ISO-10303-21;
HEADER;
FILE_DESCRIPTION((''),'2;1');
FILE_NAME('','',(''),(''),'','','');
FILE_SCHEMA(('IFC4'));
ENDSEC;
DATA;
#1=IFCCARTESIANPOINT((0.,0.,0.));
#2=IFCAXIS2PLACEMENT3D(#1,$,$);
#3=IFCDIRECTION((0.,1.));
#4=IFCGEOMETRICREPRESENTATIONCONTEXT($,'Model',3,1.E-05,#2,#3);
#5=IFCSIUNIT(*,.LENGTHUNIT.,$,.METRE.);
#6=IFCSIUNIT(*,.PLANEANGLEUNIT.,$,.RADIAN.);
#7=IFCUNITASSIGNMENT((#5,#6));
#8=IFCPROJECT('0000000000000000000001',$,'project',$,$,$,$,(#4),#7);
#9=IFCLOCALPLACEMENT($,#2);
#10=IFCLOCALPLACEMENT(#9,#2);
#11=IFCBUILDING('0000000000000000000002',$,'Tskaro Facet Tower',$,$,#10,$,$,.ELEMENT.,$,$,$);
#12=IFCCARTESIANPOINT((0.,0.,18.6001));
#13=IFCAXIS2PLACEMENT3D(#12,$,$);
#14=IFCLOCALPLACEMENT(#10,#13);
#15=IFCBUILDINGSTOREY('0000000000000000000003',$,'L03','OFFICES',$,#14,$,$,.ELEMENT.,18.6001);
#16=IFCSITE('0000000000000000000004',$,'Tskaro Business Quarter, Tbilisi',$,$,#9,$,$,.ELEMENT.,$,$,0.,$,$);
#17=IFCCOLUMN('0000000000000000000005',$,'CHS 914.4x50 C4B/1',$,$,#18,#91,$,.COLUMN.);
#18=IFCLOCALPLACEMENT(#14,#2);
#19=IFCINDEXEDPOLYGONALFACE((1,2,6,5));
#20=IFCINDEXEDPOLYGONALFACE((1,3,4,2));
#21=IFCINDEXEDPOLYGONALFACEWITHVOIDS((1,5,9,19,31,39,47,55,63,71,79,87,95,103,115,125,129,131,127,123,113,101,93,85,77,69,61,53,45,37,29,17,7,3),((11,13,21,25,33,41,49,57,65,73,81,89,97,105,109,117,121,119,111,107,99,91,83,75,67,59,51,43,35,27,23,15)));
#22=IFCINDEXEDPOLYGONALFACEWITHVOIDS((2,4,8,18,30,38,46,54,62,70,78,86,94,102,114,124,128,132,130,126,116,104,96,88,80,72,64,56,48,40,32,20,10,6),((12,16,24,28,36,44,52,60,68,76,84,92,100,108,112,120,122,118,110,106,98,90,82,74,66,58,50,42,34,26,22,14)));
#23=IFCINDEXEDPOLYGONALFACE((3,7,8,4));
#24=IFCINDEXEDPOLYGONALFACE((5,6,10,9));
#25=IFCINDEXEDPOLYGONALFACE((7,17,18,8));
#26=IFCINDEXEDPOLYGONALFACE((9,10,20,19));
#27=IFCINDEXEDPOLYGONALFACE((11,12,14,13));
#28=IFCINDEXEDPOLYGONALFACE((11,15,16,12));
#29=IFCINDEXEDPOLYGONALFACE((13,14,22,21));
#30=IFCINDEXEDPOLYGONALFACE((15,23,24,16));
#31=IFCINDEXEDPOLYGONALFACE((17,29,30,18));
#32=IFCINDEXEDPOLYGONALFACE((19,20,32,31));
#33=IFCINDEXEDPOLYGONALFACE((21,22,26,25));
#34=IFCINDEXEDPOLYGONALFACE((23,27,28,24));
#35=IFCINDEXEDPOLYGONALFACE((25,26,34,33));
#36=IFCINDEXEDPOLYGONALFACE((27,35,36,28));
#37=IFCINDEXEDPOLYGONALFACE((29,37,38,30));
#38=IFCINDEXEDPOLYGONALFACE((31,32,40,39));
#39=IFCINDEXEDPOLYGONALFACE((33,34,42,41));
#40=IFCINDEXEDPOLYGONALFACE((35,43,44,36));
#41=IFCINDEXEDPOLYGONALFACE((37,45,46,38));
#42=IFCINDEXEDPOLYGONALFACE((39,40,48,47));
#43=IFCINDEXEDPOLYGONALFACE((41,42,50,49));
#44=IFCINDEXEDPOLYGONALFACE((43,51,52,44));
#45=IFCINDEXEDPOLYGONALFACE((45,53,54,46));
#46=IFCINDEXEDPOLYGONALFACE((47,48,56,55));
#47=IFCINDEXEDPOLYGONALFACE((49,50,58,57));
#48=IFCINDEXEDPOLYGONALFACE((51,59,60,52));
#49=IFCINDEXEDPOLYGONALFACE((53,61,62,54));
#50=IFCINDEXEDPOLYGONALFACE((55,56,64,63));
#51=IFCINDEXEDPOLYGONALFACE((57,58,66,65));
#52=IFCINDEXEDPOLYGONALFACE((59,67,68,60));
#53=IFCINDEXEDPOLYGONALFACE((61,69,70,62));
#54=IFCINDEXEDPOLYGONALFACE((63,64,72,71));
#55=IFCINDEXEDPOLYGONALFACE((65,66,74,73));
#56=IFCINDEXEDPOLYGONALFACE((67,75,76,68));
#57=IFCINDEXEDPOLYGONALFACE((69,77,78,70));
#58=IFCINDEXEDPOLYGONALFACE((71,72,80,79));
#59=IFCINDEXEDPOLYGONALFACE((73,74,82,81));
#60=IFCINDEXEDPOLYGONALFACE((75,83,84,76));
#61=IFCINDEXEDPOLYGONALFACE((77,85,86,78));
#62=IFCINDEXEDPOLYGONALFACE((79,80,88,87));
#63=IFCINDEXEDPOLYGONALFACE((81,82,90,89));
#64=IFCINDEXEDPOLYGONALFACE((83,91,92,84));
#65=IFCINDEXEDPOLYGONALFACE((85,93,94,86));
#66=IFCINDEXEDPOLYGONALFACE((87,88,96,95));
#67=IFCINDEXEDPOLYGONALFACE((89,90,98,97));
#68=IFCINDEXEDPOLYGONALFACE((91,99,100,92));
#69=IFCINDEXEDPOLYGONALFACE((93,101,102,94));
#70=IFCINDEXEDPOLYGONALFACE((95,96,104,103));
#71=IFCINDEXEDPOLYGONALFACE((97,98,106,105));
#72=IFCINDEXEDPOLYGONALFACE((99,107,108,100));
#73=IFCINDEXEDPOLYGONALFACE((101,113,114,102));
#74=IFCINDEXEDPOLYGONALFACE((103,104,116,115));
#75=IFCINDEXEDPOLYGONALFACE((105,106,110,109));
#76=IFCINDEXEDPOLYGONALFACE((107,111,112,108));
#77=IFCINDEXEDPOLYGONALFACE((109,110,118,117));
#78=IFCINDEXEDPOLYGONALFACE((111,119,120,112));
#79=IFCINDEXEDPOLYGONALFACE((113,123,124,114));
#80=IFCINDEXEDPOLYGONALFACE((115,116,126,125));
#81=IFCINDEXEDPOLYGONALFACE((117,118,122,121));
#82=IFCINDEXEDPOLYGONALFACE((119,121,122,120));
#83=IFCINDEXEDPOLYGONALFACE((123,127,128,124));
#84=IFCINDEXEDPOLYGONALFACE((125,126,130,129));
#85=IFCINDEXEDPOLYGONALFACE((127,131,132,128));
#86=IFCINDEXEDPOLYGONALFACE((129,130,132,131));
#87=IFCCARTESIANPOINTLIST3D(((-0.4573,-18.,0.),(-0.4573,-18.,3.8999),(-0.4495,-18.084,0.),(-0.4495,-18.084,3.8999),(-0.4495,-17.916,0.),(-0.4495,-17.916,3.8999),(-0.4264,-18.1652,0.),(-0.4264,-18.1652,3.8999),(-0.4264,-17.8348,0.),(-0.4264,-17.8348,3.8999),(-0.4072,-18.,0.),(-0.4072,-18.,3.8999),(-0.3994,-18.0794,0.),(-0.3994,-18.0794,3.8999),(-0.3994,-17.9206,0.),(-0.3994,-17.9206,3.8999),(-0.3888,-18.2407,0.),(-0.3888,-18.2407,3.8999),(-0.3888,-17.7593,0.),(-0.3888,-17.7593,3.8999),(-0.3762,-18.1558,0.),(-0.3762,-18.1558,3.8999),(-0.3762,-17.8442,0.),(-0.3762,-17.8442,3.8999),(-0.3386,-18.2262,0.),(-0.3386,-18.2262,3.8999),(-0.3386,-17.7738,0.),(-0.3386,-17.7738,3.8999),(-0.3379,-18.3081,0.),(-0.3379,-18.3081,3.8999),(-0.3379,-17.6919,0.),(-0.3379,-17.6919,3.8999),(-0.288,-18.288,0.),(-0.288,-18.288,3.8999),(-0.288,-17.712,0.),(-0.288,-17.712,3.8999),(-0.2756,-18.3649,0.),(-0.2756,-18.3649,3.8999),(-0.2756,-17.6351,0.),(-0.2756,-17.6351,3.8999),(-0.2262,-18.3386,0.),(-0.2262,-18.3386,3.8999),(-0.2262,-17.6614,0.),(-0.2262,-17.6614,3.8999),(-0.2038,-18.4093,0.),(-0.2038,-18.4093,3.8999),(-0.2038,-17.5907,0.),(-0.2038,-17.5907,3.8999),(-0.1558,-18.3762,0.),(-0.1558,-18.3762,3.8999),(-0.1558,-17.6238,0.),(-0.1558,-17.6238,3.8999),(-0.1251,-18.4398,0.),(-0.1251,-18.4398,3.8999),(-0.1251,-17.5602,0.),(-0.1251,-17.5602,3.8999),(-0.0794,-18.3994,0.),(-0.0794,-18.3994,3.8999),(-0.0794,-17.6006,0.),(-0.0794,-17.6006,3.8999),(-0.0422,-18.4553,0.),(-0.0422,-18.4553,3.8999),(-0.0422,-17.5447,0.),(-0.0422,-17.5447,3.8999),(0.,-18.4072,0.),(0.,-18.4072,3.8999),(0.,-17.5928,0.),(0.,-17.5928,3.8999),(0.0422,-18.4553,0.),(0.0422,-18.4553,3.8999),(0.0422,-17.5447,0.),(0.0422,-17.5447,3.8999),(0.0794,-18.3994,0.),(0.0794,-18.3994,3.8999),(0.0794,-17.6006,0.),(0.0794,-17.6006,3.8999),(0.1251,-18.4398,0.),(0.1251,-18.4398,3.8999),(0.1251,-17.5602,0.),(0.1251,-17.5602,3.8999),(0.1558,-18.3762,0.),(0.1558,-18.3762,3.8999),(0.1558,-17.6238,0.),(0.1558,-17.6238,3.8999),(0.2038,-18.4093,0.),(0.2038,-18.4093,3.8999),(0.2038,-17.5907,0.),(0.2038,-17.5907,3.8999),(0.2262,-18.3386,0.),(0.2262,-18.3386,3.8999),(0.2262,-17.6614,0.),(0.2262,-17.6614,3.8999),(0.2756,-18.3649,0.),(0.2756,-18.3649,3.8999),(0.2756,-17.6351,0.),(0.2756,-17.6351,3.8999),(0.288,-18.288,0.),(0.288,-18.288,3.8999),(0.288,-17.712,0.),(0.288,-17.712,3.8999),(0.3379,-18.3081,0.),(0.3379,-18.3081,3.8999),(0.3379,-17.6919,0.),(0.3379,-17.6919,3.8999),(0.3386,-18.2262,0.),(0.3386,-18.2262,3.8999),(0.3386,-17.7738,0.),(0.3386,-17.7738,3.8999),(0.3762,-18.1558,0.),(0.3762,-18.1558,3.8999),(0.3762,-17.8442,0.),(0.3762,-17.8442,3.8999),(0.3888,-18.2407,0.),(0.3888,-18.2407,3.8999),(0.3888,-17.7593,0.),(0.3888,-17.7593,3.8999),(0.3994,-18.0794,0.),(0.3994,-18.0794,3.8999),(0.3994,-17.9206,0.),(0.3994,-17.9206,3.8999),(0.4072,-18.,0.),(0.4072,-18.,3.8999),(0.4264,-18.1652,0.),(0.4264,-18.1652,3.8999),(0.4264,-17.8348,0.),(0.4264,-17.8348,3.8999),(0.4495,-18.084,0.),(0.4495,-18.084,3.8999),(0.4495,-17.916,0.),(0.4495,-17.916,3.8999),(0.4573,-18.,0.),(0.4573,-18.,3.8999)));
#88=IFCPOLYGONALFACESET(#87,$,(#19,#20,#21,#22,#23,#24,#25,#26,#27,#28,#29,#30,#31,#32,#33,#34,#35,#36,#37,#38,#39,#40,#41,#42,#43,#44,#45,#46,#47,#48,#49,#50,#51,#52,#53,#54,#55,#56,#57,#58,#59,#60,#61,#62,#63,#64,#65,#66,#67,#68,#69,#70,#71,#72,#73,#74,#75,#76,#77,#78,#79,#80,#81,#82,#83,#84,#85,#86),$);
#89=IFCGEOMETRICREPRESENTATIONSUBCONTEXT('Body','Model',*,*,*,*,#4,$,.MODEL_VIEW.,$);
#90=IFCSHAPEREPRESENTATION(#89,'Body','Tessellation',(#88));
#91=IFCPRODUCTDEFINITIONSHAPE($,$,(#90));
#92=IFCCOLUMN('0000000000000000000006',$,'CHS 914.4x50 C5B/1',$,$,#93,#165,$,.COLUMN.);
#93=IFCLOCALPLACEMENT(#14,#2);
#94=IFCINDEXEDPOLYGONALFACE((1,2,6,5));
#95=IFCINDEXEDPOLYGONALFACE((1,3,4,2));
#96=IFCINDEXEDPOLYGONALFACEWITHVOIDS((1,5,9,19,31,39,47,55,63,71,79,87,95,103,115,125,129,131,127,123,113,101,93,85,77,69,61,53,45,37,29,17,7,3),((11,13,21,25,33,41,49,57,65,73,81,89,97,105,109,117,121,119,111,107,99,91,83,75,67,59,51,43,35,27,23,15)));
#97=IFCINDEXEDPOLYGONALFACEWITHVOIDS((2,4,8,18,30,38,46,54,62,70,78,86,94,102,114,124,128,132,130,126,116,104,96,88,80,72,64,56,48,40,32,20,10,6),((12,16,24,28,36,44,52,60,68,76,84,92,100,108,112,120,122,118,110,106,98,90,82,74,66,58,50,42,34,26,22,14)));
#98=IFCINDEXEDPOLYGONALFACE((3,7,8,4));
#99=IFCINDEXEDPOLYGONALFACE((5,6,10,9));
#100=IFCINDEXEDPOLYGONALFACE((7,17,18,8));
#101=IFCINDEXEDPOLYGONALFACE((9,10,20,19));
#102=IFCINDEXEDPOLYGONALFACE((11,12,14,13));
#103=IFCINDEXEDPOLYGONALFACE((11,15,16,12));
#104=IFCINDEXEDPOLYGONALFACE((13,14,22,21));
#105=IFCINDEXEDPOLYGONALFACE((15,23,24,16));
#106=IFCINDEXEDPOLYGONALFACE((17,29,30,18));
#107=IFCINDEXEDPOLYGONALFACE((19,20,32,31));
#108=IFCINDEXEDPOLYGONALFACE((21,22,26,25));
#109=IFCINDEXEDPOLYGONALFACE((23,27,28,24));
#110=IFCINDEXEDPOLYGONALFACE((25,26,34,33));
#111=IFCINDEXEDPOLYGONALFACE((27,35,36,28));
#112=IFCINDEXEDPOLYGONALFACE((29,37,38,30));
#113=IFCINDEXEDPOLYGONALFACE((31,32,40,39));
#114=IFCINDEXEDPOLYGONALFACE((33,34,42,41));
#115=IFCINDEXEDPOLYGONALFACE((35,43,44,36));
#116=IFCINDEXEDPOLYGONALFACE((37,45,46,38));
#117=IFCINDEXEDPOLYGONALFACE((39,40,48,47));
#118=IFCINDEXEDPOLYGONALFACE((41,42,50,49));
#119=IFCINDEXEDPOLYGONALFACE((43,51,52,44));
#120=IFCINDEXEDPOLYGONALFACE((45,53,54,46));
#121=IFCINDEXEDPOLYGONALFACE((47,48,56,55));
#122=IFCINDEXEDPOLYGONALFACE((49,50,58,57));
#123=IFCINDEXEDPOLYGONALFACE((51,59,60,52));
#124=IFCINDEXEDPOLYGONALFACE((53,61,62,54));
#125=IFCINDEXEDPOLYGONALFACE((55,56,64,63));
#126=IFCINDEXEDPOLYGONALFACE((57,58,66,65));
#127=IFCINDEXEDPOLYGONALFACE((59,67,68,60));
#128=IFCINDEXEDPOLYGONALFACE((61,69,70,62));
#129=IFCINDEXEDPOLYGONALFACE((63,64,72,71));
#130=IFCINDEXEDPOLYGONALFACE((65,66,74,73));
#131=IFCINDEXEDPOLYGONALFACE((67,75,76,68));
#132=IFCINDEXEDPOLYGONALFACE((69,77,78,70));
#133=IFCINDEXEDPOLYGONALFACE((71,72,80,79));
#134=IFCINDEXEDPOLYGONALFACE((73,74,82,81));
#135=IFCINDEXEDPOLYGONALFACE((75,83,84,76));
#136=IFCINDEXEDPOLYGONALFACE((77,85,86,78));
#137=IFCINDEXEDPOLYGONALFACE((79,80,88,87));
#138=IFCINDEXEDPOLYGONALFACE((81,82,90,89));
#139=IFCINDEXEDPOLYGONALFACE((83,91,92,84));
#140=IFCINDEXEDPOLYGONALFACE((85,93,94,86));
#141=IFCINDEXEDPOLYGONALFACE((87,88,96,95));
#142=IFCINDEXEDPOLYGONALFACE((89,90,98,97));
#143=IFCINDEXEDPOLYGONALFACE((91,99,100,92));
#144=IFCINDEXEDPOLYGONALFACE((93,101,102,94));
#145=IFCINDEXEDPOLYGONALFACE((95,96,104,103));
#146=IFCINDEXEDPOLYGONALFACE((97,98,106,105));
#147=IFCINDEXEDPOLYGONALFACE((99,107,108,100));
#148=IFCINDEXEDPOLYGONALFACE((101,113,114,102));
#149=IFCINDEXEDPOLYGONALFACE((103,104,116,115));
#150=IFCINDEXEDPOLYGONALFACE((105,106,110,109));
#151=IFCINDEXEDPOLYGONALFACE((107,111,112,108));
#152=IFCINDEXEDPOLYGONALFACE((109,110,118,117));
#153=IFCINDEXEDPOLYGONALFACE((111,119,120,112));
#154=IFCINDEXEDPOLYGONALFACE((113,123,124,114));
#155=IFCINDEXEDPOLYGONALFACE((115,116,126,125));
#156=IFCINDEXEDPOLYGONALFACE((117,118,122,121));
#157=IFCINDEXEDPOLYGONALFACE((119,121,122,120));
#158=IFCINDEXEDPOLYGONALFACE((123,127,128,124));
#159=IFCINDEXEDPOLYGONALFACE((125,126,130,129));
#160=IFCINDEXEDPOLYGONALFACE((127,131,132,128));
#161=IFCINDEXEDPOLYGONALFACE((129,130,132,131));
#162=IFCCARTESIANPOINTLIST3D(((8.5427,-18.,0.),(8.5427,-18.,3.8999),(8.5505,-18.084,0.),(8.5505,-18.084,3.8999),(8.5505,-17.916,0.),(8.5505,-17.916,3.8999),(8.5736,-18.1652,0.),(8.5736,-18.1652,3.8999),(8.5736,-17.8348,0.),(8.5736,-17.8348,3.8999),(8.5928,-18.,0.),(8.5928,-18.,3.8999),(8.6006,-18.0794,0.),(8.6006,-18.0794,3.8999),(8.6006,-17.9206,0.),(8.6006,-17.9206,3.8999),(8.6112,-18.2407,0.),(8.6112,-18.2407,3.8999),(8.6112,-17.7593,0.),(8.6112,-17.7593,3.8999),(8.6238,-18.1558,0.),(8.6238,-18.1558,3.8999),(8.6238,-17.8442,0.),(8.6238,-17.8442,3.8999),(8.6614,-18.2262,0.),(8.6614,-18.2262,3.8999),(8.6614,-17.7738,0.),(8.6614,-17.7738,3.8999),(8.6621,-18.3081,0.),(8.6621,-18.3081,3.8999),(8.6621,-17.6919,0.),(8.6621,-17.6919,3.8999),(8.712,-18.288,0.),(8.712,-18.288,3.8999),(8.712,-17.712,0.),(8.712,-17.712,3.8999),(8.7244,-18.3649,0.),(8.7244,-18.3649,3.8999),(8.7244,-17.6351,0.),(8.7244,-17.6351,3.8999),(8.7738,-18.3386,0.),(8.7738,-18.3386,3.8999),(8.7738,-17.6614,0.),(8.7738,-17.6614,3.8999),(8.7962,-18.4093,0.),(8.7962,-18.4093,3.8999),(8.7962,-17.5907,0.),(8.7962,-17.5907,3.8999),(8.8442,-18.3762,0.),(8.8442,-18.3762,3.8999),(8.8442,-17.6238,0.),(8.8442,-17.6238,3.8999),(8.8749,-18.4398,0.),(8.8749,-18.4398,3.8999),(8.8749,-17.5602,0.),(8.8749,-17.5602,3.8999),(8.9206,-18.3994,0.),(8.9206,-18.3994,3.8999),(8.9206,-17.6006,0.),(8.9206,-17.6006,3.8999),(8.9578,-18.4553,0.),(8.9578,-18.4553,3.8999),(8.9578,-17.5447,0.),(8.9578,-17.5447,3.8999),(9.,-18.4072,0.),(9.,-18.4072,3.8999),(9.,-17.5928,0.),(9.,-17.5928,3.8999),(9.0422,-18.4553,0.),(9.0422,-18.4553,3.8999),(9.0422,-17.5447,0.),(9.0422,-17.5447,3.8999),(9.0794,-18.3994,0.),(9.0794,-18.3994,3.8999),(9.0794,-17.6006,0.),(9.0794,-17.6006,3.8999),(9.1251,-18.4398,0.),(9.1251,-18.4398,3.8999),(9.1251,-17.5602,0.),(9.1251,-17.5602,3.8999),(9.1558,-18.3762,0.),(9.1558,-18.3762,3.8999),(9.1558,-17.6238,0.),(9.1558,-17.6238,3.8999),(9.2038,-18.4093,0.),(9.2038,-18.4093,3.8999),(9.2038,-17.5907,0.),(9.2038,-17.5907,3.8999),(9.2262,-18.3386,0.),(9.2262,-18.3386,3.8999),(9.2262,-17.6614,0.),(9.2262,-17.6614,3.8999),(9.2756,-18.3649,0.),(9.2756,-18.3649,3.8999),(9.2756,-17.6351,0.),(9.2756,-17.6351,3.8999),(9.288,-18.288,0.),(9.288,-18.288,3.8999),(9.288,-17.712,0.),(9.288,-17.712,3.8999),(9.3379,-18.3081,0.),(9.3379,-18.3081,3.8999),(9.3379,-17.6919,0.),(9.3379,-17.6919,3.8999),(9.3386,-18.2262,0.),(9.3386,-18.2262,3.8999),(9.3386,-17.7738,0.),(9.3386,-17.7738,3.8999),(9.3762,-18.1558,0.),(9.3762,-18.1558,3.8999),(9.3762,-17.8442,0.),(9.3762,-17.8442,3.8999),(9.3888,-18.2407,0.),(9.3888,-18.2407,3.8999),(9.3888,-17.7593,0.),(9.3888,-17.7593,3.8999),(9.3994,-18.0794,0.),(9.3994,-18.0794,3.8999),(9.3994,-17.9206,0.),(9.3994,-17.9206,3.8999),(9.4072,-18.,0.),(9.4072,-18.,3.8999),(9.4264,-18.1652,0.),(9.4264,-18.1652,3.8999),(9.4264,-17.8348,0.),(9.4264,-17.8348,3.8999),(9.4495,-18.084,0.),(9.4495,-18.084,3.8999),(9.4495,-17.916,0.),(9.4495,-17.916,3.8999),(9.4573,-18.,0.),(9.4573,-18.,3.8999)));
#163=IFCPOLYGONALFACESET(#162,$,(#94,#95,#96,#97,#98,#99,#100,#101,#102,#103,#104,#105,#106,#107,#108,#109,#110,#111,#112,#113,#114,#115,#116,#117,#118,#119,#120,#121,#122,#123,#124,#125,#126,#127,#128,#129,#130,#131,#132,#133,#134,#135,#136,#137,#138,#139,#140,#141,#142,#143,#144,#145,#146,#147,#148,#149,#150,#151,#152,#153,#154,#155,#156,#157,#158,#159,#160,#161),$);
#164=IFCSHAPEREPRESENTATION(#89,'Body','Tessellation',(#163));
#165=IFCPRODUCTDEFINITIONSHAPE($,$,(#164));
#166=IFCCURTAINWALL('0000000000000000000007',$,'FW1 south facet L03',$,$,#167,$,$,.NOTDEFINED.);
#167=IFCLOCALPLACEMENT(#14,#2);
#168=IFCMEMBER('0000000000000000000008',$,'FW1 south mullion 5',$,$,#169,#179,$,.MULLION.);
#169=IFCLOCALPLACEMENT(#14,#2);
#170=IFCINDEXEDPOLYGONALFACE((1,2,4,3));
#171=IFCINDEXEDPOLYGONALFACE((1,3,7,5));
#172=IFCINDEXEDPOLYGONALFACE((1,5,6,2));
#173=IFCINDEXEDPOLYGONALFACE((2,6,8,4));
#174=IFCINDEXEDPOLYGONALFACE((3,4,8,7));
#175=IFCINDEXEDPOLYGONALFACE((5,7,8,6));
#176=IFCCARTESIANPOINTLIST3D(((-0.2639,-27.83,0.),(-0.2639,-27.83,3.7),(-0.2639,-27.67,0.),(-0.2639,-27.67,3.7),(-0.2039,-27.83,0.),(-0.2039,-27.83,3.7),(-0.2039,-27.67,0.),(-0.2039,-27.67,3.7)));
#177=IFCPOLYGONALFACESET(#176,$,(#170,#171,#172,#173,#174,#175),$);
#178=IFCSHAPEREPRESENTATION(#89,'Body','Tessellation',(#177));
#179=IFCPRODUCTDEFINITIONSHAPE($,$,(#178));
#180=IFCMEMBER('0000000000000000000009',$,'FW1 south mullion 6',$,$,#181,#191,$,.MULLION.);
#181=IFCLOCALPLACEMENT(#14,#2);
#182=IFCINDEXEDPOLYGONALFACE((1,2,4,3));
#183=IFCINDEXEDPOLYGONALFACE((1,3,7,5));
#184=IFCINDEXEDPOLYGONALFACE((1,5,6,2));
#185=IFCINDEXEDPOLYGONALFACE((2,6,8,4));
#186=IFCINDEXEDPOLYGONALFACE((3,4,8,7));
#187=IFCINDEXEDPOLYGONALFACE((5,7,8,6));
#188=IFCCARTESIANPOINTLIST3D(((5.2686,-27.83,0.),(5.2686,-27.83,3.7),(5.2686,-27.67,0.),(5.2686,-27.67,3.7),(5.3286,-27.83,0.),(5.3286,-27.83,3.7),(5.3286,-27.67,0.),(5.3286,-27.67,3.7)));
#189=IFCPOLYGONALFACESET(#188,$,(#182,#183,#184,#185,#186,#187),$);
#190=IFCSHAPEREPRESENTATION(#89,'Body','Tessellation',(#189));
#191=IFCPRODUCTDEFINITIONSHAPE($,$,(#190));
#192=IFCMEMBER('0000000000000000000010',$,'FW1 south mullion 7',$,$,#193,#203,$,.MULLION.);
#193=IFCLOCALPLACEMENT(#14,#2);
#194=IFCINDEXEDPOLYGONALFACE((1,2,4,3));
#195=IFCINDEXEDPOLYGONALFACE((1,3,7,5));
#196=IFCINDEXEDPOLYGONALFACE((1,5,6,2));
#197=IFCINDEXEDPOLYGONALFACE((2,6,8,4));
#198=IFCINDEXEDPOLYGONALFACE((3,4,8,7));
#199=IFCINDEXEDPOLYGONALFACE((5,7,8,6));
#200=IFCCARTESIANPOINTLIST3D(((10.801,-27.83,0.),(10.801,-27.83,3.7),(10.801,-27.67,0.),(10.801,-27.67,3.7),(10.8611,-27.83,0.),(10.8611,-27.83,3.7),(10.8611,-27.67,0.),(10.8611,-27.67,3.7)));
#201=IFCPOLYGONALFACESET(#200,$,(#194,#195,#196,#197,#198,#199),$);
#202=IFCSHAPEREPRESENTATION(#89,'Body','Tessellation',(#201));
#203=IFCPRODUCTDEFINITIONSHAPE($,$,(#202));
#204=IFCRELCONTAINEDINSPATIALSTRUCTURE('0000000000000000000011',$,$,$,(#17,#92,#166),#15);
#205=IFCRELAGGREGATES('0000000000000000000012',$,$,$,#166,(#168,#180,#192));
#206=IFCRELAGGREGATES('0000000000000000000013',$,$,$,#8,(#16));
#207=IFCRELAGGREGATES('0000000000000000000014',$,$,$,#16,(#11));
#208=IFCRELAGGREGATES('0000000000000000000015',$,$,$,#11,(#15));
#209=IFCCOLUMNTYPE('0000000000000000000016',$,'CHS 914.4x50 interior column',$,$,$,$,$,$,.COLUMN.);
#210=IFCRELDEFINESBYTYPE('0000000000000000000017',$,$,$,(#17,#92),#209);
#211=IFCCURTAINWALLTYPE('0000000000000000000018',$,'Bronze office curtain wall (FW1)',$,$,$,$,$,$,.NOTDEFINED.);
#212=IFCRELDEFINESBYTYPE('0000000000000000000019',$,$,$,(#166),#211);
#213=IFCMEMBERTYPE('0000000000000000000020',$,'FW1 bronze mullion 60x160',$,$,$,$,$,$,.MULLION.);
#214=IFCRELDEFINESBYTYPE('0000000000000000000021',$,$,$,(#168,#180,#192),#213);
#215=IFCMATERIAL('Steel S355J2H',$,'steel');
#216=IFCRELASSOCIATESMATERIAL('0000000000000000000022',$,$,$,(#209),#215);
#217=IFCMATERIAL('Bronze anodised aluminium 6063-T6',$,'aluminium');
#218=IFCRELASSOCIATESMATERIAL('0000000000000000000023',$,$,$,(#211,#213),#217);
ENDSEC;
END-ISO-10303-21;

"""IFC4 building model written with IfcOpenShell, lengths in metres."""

from ifc_helpers import new_model, si_unit, direction, frame, origin, origin_2d, place, context, subcontext, project, spatial, rectangle, hollow_circle, extrude, material, material_profile, profile_set, type_object, element, aggregate, save


model = new_model("IFC4")

# Units and contexts
model_context = context("Model", 3, precision=1e-05, world=origin(), true_north=direction((0.0, 1.0)))
body_context = subcontext(model_context, "Body", "Model", "MODEL_VIEW")
ifc_project = project(units=[si_unit("LENGTHUNIT", "METRE"), si_unit("PLANEANGLEUNIT", "RADIAN")], contexts=[model_context])

# Site, building, storey
site_placement = place(None, origin())
site = spatial("IfcSite", under=ifc_project, at=site_placement, Name="Tskaro Business Quarter, Tbilisi", CompositionType="ELEMENT", RefElevation=0.0)
building_placement = place(site_placement, origin())
building = spatial("IfcBuilding", under=site, at=building_placement, Name="Tskaro Facet Tower", CompositionType="ELEMENT")
storey_placement = place(building_placement, frame((0.0, 0.0, 18.6001)))
storey = spatial("IfcBuildingStorey", under=building, at=storey_placement, Name="L03", Description="OFFICES", CompositionType="ELEMENT", Elevation=18.6001)

# Columns
ifc_material_1 = material(Name="Steel S355J2H", Category="steel")
ifc_material_profile_1 = material_profile(ifc_material_1, hollow_circle(Radius=0.4573, WallThickness=0.05, at=origin_2d()), Name="CHS 914.4x50")
ifc_profile_set_1 = profile_set([ifc_material_profile_1], Name="Steel S355J2H")
column_type_1 = type_object("IfcColumnType", Name="CHS 914.4x50 interior column", PredefinedType="COLUMN", material=ifc_profile_set_1)
for number, where, z_axis, x_axis, name in (
    (1, (0.0, -18.0, 0.0), (0.0, 0.0, 1.0), (1.0, 0.0, 0.0), "CHS 914.4x50 C4B/1"),
    (2, (9.0, -18.0, 0.0), (0.0, 0.0, 1.0), (1.0, 0.0, 0.0), "CHS 914.4x50 C5B/1"),
):
    element("IfcColumn", number, at=place(storey_placement, frame(where, z_axis=z_axis, x_axis=x_axis)), inside=storey, type_object=column_type_1, Name=name, PredefinedType="COLUMN", context=body_context, shape_type="SweptSolid", body=[
        extrude(hollow_circle(Radius=0.4573, WallThickness=0.05, at=origin_2d()), origin(), (0.0, 0.0, 1.0), 3.8999),
    ])

# Curtain wall, members
ifc_material_2 = material(Name="Bronze anodised aluminium 6063-T6", Category="aluminium")
curtain_wall_type = type_object("IfcCurtainWallType", Name="Bronze office curtain wall (FW1)", PredefinedType="NOTDEFINED", material=ifc_material_2)
curtain_wall_placement = place(storey_placement, origin())
curtain_wall = element("IfcCurtainWall", 3, at=curtain_wall_placement, inside=storey, type_object=curtain_wall_type, Name="FW1 south facet L03", PredefinedType="NOTDEFINED")
ifc_material_profile_2 = material_profile(ifc_material_2, rectangle(XDim=0.0601, YDim=0.1599, at=origin_2d()), Name="Mullion 60x160")
ifc_profile_set_2 = profile_set([ifc_material_profile_2], Name="Bronze anodised aluminium 6063-T6")
member_type_1 = type_object("IfcMemberType", Name="FW1 bronze mullion 60x160", PredefinedType="MULLION", material=ifc_profile_set_2)
member_1_placement = place(storey_placement, frame((-0.2339, -27.75, 0.0), z_axis=(0.0, 0.0, 1.0), x_axis=(1.0, 0.0, 0.0)))
member_1 = element("IfcMember", 4, at=member_1_placement, type_object=member_type_1, Name="FW1 south mullion 5", PredefinedType="MULLION", context=body_context, shape_type="SweptSolid", body=[
    extrude(rectangle(XDim=0.0601, YDim=0.1599, at=origin_2d()), origin(), (0.0, 0.0, 1.0), 3.7),
])
member_2_placement = place(storey_placement, frame((5.2986, -27.75, 0.0), z_axis=(0.0, 0.0, 1.0), x_axis=(1.0, 0.0, 0.0)))
member_2 = element("IfcMember", 5, at=member_2_placement, type_object=member_type_1, Name="FW1 south mullion 6", PredefinedType="MULLION", context=body_context, shape_type="SweptSolid", body=[
    extrude(rectangle(XDim=0.0601, YDim=0.1599, at=origin_2d()), origin(), (0.0, 0.0, 1.0), 3.7),
])
member_3_placement = place(storey_placement, frame((10.8311, -27.75, 0.0), z_axis=(0.0, 0.0, 1.0), x_axis=(1.0, 0.0, 0.0)))
member_3 = element("IfcMember", 6, at=member_3_placement, type_object=member_type_1, Name="FW1 south mullion 7", PredefinedType="MULLION", context=body_context, shape_type="SweptSolid", body=[
    extrude(rectangle(XDim=0.0601, YDim=0.1599, at=origin_2d()), origin(), (0.0, 0.0, 1.0), 3.7),
])

aggregate(curtain_wall, [member_1, member_2, member_3])

save(model, "model.ifc")
